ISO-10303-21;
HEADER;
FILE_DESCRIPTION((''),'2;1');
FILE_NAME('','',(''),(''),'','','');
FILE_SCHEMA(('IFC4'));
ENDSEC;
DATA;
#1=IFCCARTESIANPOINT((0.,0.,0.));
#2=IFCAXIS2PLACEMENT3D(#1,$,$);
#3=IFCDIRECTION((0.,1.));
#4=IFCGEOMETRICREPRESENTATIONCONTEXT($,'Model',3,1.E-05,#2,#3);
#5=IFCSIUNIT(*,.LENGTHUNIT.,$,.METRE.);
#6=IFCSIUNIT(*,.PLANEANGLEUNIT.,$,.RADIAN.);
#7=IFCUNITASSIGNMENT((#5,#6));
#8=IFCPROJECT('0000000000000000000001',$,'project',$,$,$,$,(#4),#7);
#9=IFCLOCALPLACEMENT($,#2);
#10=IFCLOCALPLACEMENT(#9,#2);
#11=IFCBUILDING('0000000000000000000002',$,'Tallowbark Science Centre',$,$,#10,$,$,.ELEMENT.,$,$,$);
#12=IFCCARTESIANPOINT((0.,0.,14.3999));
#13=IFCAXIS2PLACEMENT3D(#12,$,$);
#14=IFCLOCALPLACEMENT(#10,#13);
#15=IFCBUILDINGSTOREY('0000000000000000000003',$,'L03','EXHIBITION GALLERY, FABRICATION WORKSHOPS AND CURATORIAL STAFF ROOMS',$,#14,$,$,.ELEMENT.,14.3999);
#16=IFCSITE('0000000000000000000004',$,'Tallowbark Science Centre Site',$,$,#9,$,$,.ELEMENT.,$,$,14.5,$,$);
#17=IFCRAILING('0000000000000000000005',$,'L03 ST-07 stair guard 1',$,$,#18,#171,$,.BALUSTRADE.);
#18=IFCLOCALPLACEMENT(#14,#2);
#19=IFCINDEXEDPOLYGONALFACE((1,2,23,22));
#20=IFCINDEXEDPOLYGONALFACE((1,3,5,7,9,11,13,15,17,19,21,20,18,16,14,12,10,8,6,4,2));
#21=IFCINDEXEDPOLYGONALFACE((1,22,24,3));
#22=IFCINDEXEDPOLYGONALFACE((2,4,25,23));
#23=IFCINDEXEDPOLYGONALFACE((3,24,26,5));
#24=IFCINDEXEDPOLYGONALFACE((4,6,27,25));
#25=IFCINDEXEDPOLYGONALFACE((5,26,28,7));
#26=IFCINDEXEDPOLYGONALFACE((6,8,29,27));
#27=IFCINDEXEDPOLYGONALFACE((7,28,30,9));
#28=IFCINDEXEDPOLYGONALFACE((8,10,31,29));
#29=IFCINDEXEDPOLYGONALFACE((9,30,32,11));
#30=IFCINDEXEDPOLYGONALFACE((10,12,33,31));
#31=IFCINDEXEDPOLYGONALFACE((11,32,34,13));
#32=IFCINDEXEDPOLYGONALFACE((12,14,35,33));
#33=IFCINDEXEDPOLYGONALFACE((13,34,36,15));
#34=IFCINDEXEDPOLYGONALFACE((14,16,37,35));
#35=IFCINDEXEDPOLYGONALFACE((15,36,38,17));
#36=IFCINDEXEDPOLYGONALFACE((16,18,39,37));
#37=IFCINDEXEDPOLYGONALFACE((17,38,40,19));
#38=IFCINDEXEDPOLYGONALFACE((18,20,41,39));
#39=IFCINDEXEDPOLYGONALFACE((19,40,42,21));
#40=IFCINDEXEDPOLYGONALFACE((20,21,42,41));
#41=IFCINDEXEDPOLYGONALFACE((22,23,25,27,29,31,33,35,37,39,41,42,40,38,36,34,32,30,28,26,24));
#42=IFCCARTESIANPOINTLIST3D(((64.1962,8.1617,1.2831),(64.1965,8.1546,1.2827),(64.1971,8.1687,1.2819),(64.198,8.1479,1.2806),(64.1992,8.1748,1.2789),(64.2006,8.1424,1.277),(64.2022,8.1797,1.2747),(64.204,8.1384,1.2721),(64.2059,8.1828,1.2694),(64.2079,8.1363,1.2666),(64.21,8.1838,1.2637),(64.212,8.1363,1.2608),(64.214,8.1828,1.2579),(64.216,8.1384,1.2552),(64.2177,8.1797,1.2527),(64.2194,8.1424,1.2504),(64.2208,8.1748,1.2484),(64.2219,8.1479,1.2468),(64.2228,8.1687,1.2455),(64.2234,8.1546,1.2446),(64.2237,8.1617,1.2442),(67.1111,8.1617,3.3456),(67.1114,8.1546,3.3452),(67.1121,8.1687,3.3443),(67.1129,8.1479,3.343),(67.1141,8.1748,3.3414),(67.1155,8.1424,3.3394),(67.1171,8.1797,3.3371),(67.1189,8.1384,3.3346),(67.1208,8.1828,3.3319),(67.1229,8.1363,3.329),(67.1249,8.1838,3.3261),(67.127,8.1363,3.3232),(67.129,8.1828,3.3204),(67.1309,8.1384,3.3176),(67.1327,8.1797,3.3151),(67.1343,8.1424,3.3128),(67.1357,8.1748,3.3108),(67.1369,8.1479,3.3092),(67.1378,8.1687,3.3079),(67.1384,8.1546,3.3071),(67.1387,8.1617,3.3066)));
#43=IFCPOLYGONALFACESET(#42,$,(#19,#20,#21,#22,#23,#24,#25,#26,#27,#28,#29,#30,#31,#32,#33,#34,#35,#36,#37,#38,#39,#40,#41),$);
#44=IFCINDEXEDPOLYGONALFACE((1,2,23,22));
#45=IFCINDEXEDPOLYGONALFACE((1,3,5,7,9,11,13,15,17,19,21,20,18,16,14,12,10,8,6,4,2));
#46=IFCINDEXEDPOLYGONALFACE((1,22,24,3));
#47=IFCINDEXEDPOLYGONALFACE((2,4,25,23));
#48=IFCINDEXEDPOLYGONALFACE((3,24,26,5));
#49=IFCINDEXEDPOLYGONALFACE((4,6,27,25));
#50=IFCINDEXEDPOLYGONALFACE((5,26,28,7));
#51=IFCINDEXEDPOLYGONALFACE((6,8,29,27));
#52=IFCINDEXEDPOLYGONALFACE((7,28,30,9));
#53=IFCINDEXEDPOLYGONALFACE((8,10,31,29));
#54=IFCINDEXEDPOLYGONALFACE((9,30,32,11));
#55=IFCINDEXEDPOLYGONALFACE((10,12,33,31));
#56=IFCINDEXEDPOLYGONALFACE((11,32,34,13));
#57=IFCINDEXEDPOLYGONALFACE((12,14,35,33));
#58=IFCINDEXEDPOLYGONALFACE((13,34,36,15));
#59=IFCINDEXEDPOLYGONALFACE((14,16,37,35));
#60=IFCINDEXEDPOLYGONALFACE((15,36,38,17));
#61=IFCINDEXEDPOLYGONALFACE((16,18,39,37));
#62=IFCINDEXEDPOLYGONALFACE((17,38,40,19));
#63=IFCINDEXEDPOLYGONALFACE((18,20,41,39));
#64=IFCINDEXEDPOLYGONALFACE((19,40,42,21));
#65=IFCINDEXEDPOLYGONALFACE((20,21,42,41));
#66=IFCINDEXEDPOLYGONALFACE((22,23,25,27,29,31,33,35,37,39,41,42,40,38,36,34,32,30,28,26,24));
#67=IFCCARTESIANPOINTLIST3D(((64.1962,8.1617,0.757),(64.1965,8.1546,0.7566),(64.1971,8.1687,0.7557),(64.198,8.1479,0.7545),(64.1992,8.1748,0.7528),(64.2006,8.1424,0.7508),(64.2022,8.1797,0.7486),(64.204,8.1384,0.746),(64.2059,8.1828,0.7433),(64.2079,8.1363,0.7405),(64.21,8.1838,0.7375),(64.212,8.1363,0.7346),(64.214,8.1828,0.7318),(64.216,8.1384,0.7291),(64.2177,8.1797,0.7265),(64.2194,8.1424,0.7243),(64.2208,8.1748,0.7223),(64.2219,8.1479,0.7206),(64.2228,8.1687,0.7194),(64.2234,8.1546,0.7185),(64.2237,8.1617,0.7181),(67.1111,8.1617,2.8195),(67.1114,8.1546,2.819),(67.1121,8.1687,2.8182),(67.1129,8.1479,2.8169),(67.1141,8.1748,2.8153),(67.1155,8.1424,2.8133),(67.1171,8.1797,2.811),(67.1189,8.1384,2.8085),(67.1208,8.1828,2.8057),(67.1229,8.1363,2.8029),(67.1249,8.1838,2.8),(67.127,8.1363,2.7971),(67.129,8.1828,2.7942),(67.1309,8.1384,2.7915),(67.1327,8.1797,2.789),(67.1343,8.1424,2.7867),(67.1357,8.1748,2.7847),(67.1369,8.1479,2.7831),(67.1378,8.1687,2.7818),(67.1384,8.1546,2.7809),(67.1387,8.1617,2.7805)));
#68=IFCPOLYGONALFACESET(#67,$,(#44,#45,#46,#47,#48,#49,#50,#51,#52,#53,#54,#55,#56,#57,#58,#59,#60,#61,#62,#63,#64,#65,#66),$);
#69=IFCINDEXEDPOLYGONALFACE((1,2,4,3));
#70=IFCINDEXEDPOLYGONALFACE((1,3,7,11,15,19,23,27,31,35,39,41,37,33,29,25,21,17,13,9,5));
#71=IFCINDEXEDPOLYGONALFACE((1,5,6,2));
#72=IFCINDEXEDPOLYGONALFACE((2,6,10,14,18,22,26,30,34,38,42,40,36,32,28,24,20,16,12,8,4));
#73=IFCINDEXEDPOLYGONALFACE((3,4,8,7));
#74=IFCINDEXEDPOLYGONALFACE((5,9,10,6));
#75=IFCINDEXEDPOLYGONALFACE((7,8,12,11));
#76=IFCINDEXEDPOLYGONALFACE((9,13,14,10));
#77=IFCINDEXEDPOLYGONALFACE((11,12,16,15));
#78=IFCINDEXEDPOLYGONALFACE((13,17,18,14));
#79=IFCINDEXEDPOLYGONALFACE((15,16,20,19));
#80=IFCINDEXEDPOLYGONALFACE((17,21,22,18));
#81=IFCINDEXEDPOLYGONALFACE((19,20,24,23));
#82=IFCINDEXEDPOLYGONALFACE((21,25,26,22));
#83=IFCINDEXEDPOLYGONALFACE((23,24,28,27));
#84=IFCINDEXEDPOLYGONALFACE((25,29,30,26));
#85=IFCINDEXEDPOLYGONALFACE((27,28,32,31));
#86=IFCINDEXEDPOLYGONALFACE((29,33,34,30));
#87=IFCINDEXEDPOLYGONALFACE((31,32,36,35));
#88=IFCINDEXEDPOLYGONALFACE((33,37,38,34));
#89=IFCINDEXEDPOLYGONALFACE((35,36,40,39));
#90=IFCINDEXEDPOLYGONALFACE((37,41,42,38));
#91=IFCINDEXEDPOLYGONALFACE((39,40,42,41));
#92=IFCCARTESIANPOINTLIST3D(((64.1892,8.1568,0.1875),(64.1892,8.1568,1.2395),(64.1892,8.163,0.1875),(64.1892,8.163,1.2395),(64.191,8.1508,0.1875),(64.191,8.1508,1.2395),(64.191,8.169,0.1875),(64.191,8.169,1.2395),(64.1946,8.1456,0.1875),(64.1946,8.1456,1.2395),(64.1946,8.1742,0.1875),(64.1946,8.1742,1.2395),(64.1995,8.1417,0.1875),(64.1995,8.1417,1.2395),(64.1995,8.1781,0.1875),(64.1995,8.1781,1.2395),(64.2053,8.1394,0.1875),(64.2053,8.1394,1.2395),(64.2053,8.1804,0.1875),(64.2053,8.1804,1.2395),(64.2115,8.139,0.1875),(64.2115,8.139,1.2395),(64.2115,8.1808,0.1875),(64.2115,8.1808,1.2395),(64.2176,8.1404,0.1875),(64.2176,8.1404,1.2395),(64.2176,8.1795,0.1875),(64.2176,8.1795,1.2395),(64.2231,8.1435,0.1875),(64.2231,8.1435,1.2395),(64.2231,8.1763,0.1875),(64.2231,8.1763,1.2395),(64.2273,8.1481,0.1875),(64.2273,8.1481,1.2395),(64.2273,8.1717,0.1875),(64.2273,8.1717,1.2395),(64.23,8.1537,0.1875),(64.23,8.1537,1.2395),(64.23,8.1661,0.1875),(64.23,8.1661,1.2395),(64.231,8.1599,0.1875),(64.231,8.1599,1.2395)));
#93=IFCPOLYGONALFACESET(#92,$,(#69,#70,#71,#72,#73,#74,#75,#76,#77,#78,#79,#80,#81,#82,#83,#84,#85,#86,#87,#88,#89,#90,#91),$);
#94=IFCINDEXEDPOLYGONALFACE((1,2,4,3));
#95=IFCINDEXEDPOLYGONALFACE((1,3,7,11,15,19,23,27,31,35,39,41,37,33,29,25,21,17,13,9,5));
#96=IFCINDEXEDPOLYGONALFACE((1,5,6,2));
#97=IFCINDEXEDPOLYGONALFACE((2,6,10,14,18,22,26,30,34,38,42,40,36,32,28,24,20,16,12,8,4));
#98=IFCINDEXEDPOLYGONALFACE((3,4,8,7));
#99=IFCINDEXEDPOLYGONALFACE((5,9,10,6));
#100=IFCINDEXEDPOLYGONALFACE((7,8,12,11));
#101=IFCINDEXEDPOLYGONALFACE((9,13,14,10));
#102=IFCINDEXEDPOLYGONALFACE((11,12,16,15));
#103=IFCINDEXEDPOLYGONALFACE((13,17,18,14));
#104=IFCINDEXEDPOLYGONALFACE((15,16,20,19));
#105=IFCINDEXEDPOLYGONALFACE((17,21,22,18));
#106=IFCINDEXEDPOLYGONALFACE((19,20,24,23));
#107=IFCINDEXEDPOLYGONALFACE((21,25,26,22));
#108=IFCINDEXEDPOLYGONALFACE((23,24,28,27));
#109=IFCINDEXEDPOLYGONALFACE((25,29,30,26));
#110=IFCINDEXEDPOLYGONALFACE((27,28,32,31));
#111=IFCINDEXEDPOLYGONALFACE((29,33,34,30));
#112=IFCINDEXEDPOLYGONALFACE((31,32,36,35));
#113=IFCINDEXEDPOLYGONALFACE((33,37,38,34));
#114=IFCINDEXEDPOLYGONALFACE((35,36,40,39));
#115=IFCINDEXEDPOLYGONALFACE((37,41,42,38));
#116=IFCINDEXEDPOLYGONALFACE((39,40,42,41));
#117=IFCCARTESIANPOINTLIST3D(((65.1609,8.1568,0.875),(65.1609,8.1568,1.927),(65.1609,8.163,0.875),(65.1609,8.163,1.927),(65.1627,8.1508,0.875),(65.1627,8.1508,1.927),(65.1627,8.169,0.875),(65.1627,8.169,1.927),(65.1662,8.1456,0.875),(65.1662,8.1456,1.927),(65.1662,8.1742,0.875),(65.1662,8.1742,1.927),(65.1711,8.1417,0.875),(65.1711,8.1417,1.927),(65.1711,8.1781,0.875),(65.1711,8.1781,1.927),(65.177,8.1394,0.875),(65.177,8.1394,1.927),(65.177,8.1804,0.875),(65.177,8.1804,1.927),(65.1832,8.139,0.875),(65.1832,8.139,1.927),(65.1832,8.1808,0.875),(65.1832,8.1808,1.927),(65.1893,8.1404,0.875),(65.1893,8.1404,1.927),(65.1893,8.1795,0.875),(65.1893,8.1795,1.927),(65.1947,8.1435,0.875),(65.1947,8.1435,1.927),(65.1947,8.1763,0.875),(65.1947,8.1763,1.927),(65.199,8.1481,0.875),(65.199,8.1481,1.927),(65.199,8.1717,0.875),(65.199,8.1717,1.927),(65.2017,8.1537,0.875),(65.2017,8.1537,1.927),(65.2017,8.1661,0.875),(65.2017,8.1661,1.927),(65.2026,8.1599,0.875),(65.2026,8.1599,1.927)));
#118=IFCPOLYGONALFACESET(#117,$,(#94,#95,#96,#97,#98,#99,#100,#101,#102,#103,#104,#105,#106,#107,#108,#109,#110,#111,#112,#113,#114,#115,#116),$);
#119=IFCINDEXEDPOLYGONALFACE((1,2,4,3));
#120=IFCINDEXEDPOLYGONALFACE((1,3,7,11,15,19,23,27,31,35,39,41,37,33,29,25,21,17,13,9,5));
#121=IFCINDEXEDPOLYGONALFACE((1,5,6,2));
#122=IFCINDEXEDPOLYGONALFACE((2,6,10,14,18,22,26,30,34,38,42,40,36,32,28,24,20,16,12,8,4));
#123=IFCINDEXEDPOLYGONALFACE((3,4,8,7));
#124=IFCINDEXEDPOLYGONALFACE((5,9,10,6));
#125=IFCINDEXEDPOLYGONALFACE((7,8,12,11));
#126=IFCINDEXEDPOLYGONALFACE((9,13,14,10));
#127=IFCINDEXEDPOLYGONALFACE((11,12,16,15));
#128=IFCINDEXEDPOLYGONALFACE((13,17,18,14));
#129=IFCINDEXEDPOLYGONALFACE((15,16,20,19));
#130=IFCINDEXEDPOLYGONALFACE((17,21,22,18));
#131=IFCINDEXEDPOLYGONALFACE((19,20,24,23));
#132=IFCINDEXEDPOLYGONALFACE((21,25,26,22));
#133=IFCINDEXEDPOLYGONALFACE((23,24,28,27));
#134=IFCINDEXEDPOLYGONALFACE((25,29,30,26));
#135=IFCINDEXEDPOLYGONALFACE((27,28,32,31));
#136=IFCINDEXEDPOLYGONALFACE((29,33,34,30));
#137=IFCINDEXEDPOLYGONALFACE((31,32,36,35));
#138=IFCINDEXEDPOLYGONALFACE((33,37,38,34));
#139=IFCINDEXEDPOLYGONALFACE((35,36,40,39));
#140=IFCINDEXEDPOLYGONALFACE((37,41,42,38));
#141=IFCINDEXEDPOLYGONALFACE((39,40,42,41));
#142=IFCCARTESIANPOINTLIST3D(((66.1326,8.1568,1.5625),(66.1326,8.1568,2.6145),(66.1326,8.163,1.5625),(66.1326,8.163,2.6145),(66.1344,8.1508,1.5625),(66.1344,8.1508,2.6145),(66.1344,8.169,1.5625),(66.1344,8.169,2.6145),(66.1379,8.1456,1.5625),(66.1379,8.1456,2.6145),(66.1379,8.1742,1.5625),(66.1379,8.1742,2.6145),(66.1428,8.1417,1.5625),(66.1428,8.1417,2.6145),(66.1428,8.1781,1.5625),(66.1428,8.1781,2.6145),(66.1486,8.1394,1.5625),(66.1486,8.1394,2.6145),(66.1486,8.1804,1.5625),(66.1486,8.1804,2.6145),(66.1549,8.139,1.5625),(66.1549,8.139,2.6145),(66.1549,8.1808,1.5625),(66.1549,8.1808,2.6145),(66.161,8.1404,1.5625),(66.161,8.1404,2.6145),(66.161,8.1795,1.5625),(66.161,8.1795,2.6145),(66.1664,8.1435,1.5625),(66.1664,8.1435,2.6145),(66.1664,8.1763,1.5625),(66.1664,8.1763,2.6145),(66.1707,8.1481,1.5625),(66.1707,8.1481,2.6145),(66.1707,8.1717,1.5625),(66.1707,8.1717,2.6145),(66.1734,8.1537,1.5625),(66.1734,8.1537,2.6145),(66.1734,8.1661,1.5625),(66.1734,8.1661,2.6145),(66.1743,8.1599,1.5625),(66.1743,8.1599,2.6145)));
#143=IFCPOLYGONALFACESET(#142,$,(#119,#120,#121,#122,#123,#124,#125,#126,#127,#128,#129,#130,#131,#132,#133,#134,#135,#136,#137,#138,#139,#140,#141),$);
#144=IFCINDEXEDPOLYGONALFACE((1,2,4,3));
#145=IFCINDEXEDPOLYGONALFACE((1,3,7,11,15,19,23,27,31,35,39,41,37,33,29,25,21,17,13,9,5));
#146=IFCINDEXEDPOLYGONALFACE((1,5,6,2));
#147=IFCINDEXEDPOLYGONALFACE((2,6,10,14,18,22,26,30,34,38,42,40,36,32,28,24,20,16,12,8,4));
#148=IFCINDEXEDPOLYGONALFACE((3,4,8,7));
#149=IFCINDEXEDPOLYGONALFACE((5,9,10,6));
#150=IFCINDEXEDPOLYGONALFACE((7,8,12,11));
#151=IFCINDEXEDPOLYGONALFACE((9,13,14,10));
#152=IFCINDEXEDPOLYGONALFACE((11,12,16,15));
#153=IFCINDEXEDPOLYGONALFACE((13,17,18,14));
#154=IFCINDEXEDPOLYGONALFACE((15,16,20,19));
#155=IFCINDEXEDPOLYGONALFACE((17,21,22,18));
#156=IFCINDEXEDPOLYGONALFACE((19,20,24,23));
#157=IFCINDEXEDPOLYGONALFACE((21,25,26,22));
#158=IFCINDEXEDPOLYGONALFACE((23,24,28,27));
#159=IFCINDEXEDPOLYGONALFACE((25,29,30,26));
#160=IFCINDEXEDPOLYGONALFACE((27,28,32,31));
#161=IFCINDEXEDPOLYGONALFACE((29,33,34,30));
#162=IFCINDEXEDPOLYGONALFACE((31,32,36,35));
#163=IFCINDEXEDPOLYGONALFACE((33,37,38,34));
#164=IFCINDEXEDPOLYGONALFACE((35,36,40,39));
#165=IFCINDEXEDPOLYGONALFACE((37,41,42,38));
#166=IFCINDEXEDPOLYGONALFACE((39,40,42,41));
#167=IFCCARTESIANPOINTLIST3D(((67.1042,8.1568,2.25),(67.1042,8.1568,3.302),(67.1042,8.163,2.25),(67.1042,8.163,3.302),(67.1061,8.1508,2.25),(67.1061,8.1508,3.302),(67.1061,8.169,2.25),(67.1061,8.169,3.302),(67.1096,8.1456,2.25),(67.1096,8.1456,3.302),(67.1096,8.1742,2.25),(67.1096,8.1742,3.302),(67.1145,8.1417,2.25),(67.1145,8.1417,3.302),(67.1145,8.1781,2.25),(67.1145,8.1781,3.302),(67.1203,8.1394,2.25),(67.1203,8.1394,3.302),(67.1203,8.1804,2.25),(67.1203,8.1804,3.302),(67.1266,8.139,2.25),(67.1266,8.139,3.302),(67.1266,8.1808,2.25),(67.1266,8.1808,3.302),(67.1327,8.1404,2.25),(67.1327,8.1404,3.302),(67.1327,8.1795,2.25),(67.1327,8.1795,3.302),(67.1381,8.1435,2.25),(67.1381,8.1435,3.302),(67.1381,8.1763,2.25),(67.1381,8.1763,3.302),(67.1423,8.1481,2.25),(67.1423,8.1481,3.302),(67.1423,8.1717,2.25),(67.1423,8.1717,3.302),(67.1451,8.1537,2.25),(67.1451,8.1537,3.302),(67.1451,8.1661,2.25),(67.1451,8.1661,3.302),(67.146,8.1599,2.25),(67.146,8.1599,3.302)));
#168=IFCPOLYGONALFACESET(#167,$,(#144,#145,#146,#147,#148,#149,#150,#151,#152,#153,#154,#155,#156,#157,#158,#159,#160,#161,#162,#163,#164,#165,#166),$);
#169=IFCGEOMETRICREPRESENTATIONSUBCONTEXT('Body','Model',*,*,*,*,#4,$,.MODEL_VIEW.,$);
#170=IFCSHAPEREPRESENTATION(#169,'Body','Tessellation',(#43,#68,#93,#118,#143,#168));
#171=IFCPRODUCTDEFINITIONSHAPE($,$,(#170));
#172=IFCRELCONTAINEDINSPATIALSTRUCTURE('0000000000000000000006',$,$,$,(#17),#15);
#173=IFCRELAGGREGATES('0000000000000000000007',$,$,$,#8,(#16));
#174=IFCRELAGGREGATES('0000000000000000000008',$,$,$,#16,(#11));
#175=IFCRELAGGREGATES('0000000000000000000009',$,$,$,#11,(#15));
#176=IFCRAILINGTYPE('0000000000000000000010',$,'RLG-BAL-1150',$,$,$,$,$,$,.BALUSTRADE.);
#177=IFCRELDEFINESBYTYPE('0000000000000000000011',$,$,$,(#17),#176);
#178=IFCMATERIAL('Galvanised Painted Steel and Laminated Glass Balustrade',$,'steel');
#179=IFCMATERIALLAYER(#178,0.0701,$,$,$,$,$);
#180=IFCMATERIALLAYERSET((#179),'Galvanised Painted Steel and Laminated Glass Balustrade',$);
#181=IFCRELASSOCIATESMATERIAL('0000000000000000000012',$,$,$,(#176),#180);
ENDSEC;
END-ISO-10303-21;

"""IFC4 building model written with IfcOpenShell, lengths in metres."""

from ifc_helpers import new_model, si_unit, direction, frame, origin, origin_2d, place, context, subcontext, project, spatial, circle, extrude, material, layer, layer_set, type_object, element, save


model = new_model("IFC4")

# Units and contexts
model_context = context("Model", 3, precision=1e-05, world=origin(), true_north=direction((0.0, 1.0)))
body_context = subcontext(model_context, "Body", "Model", "MODEL_VIEW")
ifc_project = project(units=[si_unit("LENGTHUNIT", "METRE"), si_unit("PLANEANGLEUNIT", "RADIAN")], contexts=[model_context])

# Site, building, storey
site_placement = place(None, origin())
site = spatial("IfcSite", under=ifc_project, at=site_placement, Name="Tallowbark Science Centre Site", CompositionType="ELEMENT", RefElevation=14.5)
building_placement = place(site_placement, origin())
building = spatial("IfcBuilding", under=site, at=building_placement, Name="Tallowbark Science Centre", CompositionType="ELEMENT")
storey_placement = place(building_placement, frame((0.0, 0.0, 14.3999)))
storey = spatial("IfcBuildingStorey", under=building, at=storey_placement, Name="L03", Description="EXHIBITION GALLERY, FABRICATION WORKSHOPS AND CURATORIAL STAFF ROOMS", CompositionType="ELEMENT", Elevation=14.3999)

# Railing
ifc_material_1 = material(Name="Galvanised Painted Steel and Laminated Glass Balustrade", Category="steel")
ifc_layer_1 = layer(ifc_material_1, 0.0701)
ifc_layer_set_1 = layer_set([ifc_layer_1], Name="Galvanised Painted Steel and Laminated Glass Balustrade")
railing_type_1 = type_object("IfcRailingType", Name="RLG-BAL-1150", PredefinedType="BALUSTRADE", material=ifc_layer_set_1)
railing_1_placement = place(storey_placement, frame((64.21, 8.1599, 0.1875)))
element("IfcRailing", 1, at=railing_1_placement, inside=storey, type_object=railing_type_1, Name="L03 ST-07 stair guard 1", PredefinedType="BALUSTRADE", context=body_context, shape_type="SweptSolid", body=[
    extrude(circle(Radius=0.0239, at=origin_2d()), frame((0.0, 0.0, 1.0762), z_axis=(0.816331, 0.0, 0.577585), x_axis=(0.0, 1.0, 0.0)), (0.0, 0.0, 1.0), 3.5708),
    extrude(circle(Radius=0.0239, at=origin_2d()), frame((0.0, 0.0, 0.55), z_axis=(0.816331, 0.0, 0.577585), x_axis=(0.0, 1.0, 0.0)), (0.0, 0.0, 1.0), 3.5708),
    extrude(circle(Radius=0.021, at=origin_2d()), origin(), (0.0, 0.0, 1.0), 1.052),
    extrude(circle(Radius=0.021, at=origin_2d()), frame((0.9717, 0.0, 0.6875)), (0.0, 0.0, 1.0), 1.052),
    extrude(circle(Radius=0.021, at=origin_2d()), frame((1.9434, 0.0, 1.375)), (0.0, 0.0, 1.0), 1.052),
    extrude(circle(Radius=0.021, at=origin_2d()), frame((2.915, 0.0, 2.0625)), (0.0, 0.0, 1.0), 1.052),
])

save(model, "model.ifc")
